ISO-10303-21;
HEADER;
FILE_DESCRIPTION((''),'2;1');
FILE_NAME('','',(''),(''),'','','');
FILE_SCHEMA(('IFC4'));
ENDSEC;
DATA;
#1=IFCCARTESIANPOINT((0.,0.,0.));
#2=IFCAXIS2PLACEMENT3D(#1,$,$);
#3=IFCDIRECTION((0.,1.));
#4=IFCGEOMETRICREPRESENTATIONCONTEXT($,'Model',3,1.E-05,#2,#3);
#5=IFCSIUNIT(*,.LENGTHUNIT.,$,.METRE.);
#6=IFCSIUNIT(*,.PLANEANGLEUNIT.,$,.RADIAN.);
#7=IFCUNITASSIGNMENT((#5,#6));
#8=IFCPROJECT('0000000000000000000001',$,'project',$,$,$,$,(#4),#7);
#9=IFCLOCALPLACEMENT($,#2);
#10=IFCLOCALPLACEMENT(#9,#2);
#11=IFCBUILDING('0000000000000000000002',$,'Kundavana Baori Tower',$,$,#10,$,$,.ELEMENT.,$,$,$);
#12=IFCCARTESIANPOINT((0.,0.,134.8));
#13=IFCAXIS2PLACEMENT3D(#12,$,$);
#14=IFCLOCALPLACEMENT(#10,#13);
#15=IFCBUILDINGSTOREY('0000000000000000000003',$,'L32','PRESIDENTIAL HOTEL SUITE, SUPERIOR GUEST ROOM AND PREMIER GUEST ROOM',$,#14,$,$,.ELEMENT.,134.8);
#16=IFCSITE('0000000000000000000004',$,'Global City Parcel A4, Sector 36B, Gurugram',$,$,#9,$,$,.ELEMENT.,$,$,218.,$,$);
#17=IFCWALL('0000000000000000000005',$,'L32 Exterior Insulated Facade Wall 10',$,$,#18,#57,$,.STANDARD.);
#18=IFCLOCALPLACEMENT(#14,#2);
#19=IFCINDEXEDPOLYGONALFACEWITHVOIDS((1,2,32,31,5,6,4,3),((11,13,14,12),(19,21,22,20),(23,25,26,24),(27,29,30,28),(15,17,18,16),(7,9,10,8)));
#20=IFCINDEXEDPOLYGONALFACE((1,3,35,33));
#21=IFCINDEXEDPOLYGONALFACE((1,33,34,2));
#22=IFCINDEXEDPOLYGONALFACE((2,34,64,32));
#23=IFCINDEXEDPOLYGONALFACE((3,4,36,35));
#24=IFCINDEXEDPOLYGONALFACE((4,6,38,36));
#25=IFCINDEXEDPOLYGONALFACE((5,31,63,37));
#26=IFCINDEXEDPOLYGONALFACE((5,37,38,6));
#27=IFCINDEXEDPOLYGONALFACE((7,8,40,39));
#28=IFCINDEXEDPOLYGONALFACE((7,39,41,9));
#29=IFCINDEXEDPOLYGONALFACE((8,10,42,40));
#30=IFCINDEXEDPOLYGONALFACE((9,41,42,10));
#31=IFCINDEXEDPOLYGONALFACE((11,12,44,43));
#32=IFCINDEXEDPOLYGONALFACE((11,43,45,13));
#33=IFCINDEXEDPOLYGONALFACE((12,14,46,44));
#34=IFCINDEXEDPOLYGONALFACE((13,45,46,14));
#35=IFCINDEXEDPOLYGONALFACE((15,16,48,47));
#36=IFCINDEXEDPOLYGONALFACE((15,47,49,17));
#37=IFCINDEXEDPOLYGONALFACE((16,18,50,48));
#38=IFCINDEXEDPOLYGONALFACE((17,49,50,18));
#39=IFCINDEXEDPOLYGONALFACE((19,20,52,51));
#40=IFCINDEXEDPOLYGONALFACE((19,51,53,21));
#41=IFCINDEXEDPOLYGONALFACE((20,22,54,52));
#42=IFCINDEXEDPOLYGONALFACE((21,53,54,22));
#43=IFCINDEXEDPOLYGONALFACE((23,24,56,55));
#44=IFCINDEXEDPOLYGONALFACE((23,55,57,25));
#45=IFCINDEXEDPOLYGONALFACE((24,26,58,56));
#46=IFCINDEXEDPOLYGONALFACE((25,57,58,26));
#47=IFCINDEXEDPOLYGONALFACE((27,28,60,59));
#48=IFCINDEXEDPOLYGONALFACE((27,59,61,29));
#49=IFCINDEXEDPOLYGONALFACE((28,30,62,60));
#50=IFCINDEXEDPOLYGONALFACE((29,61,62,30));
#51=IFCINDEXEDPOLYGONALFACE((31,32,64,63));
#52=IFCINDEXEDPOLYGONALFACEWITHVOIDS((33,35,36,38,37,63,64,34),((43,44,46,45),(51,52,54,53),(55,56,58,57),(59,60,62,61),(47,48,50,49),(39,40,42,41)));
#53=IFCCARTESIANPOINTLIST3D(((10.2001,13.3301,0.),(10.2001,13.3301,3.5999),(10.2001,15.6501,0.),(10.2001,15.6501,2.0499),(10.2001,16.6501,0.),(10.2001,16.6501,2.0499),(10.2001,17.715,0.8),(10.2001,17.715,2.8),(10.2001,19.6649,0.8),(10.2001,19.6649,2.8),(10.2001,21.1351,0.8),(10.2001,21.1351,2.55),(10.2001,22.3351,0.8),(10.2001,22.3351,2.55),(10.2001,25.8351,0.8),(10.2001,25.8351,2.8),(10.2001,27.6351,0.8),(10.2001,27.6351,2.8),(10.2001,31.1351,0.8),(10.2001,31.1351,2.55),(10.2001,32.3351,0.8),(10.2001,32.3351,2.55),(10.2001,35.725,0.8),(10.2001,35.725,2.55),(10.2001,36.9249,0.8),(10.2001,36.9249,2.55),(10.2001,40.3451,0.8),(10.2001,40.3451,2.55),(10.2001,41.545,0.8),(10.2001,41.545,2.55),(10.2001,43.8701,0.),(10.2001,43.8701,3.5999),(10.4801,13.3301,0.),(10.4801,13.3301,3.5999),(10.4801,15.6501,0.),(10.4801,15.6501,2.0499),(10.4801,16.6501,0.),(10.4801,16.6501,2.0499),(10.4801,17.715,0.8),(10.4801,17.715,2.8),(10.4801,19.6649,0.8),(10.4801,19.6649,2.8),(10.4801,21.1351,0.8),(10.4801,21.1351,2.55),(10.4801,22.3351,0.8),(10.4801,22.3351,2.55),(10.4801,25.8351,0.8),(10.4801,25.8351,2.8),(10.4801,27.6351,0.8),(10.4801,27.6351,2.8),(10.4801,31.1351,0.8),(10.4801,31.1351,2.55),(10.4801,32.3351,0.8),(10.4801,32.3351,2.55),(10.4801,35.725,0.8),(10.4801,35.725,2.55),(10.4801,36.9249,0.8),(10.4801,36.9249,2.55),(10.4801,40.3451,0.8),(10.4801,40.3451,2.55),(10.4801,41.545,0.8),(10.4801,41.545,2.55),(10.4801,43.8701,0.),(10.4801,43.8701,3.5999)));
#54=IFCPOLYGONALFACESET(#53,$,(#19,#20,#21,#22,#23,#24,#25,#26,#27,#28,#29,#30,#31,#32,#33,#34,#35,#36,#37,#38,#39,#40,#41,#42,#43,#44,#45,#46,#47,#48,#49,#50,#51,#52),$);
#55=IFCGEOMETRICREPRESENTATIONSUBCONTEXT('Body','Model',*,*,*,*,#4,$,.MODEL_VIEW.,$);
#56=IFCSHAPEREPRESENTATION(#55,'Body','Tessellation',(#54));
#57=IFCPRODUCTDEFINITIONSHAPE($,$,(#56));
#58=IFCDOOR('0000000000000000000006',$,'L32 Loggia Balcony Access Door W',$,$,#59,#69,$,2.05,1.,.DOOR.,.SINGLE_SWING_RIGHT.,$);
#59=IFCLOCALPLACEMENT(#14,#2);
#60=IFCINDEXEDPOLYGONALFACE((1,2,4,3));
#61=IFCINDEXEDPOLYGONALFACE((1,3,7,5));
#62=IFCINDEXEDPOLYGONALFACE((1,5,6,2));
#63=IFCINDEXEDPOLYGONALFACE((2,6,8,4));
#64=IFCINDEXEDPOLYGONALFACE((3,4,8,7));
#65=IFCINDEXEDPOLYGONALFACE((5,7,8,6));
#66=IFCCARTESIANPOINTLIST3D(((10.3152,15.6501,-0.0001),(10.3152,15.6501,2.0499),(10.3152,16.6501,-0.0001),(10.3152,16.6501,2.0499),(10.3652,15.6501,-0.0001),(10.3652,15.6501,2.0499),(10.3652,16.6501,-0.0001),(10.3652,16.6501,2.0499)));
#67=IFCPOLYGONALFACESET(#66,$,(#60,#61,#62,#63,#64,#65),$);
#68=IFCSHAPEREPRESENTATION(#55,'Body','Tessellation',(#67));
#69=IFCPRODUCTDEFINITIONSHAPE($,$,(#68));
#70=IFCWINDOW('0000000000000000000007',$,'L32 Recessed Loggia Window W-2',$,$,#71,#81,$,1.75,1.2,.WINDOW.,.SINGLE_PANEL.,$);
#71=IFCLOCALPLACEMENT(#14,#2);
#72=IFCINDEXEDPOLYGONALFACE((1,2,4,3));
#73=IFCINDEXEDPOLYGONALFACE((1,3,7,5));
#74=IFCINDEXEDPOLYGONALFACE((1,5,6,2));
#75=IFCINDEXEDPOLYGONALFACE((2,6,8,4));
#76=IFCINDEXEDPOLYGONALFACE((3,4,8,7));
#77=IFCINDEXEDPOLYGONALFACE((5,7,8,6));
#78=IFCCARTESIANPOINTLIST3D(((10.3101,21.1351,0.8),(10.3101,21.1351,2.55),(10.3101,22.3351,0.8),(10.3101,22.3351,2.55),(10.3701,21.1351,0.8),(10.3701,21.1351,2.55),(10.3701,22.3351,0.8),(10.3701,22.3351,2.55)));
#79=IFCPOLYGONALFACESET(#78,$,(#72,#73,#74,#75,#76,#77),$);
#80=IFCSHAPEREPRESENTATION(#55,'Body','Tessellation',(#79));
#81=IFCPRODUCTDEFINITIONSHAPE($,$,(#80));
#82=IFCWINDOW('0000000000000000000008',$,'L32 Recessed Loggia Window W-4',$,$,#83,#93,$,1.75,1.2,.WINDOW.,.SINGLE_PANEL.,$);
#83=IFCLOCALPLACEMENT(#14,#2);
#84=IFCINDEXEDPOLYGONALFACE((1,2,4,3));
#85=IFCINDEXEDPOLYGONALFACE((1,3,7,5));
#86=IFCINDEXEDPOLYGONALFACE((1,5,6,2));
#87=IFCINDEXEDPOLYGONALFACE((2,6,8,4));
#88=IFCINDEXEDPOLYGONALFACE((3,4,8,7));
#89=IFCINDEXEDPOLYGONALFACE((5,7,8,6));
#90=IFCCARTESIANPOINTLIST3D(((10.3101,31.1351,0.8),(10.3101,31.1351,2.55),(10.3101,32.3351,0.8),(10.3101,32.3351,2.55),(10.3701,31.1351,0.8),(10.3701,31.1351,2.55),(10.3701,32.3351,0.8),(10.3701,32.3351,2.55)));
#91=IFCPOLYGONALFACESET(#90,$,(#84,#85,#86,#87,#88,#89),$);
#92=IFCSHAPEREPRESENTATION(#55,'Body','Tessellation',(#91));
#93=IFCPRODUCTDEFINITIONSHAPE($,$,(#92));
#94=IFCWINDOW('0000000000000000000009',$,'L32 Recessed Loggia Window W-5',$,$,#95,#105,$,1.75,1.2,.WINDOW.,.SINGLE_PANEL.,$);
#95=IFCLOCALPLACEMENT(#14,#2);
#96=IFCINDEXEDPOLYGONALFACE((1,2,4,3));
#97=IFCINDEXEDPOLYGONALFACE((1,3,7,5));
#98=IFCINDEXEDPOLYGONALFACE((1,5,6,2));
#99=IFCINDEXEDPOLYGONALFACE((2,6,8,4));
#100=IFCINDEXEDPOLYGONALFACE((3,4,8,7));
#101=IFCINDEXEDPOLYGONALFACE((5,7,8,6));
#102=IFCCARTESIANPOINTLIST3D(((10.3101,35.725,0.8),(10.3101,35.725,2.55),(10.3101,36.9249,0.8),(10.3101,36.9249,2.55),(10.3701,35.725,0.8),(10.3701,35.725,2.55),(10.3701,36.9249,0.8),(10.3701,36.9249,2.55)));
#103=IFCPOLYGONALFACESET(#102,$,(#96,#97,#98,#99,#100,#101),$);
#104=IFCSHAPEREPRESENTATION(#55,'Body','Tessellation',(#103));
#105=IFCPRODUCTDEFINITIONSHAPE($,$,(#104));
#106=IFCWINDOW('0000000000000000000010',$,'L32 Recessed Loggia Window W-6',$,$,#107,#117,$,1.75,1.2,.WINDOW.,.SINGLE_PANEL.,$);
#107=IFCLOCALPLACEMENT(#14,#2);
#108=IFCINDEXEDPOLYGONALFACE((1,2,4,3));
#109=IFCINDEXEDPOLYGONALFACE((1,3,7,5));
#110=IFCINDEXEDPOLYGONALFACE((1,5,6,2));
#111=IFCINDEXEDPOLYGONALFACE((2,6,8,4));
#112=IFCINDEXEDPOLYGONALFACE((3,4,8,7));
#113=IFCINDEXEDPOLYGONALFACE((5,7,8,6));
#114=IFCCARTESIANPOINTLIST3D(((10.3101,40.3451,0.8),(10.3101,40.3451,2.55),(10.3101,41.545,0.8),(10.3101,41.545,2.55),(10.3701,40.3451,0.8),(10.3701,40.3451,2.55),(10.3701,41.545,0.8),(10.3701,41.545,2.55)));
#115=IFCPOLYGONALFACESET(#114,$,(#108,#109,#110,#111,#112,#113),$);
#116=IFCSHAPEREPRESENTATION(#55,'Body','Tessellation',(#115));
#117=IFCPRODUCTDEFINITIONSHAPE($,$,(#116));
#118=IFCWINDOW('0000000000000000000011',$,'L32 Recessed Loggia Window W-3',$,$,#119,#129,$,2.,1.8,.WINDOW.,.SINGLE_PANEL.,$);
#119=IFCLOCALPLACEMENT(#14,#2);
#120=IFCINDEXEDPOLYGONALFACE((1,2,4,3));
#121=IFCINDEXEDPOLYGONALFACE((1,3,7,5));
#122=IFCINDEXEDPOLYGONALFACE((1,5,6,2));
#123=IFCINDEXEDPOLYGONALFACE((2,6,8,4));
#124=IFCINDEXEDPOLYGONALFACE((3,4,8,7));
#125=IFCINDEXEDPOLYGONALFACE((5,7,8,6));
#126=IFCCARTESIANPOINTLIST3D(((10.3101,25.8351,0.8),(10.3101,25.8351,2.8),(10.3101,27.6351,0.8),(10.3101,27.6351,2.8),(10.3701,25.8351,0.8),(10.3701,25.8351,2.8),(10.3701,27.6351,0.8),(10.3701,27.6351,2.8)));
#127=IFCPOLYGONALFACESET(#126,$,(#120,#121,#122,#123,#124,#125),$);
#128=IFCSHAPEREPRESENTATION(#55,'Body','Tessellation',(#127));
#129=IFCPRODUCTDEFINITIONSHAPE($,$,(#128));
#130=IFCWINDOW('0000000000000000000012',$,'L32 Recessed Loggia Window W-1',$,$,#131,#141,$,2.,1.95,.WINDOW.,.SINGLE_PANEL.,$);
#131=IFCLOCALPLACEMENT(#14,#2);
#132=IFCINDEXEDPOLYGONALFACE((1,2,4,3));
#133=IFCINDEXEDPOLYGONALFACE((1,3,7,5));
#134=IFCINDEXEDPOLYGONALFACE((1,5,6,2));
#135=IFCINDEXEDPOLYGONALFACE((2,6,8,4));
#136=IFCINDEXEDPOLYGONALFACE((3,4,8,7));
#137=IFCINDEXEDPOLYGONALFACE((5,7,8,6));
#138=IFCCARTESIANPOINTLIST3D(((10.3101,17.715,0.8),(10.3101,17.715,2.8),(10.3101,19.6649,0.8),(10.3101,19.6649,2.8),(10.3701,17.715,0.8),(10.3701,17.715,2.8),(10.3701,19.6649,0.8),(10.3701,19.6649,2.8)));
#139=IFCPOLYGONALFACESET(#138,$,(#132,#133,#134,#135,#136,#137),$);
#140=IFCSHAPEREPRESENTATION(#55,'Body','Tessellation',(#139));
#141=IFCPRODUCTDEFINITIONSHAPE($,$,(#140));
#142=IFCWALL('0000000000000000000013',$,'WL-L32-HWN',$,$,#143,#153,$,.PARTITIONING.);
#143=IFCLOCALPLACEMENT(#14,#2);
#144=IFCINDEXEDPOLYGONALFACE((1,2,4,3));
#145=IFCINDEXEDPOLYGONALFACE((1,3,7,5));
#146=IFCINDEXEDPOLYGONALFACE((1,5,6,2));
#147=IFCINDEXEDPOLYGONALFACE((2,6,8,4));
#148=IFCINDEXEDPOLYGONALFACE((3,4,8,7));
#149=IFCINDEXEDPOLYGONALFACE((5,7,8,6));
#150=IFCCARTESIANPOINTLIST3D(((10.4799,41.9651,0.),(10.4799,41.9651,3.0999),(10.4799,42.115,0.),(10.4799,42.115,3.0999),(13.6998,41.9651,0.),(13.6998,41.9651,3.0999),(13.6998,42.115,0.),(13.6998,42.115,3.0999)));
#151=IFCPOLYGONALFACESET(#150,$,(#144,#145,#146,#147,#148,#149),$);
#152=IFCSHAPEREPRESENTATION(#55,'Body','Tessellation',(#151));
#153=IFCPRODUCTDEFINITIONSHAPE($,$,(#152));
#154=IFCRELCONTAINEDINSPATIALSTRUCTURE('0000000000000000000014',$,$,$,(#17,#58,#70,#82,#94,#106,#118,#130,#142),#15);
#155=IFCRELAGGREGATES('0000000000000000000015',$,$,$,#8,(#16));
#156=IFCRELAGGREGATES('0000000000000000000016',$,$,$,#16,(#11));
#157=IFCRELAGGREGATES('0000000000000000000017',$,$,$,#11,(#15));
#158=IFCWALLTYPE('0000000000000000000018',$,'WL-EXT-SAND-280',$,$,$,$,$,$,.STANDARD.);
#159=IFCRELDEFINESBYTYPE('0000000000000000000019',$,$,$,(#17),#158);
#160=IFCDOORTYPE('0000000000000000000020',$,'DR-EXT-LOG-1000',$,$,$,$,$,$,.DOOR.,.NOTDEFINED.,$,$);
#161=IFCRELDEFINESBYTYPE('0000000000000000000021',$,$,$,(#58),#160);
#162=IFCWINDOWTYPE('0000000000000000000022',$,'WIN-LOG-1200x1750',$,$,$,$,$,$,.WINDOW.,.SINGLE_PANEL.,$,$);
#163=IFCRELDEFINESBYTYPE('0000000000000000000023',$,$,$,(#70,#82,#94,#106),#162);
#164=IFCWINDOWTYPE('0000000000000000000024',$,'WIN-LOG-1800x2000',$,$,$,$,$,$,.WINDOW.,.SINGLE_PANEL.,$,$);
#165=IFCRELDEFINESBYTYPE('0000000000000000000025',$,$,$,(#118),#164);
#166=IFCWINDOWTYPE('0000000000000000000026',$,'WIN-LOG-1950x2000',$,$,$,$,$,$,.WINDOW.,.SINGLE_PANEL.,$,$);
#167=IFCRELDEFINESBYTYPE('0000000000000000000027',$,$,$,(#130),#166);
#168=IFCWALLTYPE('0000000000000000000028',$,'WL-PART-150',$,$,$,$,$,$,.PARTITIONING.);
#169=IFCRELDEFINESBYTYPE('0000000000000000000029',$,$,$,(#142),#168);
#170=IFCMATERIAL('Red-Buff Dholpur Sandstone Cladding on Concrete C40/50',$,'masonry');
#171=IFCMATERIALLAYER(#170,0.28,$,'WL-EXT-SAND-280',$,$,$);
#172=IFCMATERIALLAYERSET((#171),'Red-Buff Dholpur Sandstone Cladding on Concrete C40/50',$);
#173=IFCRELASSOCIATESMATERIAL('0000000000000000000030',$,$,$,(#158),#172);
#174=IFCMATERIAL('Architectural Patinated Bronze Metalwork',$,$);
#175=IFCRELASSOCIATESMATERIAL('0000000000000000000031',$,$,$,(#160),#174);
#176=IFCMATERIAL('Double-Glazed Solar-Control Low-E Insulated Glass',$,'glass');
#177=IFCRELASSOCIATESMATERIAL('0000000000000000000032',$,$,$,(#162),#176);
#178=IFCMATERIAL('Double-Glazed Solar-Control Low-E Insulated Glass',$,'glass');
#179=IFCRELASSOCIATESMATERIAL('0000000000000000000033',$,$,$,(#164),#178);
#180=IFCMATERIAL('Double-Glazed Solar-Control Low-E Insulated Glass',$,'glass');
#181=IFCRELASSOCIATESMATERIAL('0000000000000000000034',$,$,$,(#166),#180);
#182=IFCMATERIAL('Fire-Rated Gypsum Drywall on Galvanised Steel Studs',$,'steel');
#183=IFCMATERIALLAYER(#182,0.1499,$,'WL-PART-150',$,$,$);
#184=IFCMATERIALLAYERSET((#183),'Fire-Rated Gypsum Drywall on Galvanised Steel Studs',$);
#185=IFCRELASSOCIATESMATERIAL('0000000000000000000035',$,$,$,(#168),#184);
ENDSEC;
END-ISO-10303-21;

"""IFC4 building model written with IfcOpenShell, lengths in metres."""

from ifc_helpers import new_model, si_unit, direction, frame, frame_2d, origin, place, context, subcontext, project, spatial, rectangle, extrude, material, layer, layer_set, type_object, element, fill, save


model = new_model("IFC4")

# Units and contexts
model_context = context("Model", 3, precision=1e-05, world=origin(), true_north=direction((0.0, 1.0)))
body_context = subcontext(model_context, "Body", "Model", "MODEL_VIEW")
ifc_project = project(units=[si_unit("LENGTHUNIT", "METRE"), si_unit("PLANEANGLEUNIT", "RADIAN")], contexts=[model_context])

# Site, building, storey
site_placement = place(None, origin())
site = spatial("IfcSite", under=ifc_project, at=site_placement, Name="Global City Parcel A4, Sector 36B, Gurugram", CompositionType="ELEMENT", RefElevation=218.0)
building_placement = place(site_placement, origin())
building = spatial("IfcBuilding", under=site, at=building_placement, Name="Kundavana Baori Tower", CompositionType="ELEMENT")
storey_placement = place(building_placement, frame((0.0, 0.0, 134.8)))
storey = spatial("IfcBuildingStorey", under=building, at=storey_placement, Name="L32", Description="PRESIDENTIAL HOTEL SUITE, SUPERIOR GUEST ROOM AND PREMIER GUEST ROOM", CompositionType="ELEMENT", Elevation=134.8)

# Shared definitions
ifc_material_1 = material(Name="Red-Buff Dholpur Sandstone Cladding on Concrete C40/50", Category="masonry")
ifc_layer_1 = layer(ifc_material_1, 0.28, Name="WL-EXT-SAND-280")
ifc_layer_set_1 = layer_set([ifc_layer_1], Name="Red-Buff Dholpur Sandstone Cladding on Concrete C40/50")
wall_type_1 = type_object("IfcWallType", Name="WL-EXT-SAND-280", PredefinedType="STANDARD", material=ifc_layer_set_1)

# Wall, openings, door, windows
wall_1_placement = place(storey_placement, frame((10.3401, 43.8701, 0.0), z_axis=(0.0, 0.0, 1.0), x_axis=(0.0, -1.0, 0.0)))
wall_1 = element("IfcWall", 1, at=wall_1_placement, inside=storey, type_object=wall_type_1, Name="L32 Exterior Insulated Facade Wall 10", PredefinedType="STANDARD", context=body_context, shape_type="SweptSolid", body=[
    extrude(rectangle(XDim=30.54, YDim=0.28, at=frame_2d((15.27, 0.0))), origin(), (0.0, 0.0, 1.0), 3.5999),
])
opening_1_placement = place(wall_1_placement, frame((27.22, 0.0, 0.0)))
opening_1 = element("IfcOpeningElement", 2, at=opening_1_placement, cuts=wall_1, PredefinedType="OPENING", context=body_context, shape_type="SweptSolid", body=[
    extrude(rectangle(XDim=1.0, YDim=2.05, at=frame_2d((0.5, 1.0249))), frame((0.0, 0.1499, 0.0), z_axis=(0.0, -1.0, 0.0), x_axis=(1.0, 0.0, 0.0)), (0.0, 0.0, 1.0), 0.3),
])
opening_2_placement = place(wall_1_placement, frame((24.2051, 0.0, 0.8)))
opening_2 = element("IfcOpeningElement", 3, at=opening_2_placement, cuts=wall_1, PredefinedType="OPENING", context=body_context, shape_type="SweptSolid", body=[
    extrude(rectangle(XDim=1.95, YDim=2.0, at=frame_2d((0.9751, 1.0))), frame((0.0, 0.1499, 0.0), z_axis=(0.0, -1.0, 0.0), x_axis=(1.0, 0.0, 0.0)), (0.0, 0.0, 1.0), 0.3),
])
opening_3_placement = place(wall_1_placement, frame((21.5349, 0.0, 0.8)))
opening_3 = element("IfcOpeningElement", 4, at=opening_3_placement, cuts=wall_1, PredefinedType="OPENING", context=body_context, shape_type="SweptSolid", body=[
    extrude(rectangle(XDim=1.2, YDim=1.75, at=frame_2d((0.6001, 0.875))), frame((0.0, 0.1499, 0.0), z_axis=(0.0, -1.0, 0.0), x_axis=(1.0, 0.0, 0.0)), (0.0, 0.0, 1.0), 0.3),
])
opening_4_placement = place(wall_1_placement, frame((16.2351, 0.0, 0.8)))
opening_4 = element("IfcOpeningElement", 5, at=opening_4_placement, cuts=wall_1, PredefinedType="OPENING", context=body_context, shape_type="SweptSolid", body=[
    extrude(rectangle(XDim=1.8, YDim=2.0, at=frame_2d((0.8999, 1.0))), frame((0.0, 0.1499, 0.0), z_axis=(0.0, -1.0, 0.0), x_axis=(1.0, 0.0, 0.0)), (0.0, 0.0, 1.0), 0.3),
])
opening_5_placement = place(wall_1_placement, frame((11.5349, 0.0, 0.8)))
opening_5 = element("IfcOpeningElement", 6, at=opening_5_placement, cuts=wall_1, PredefinedType="OPENING", context=body_context, shape_type="SweptSolid", body=[
    extrude(rectangle(XDim=1.2, YDim=1.75, at=frame_2d((0.6001, 0.875))), frame((0.0, 0.1499, 0.0), z_axis=(0.0, -1.0, 0.0), x_axis=(1.0, 0.0, 0.0)), (0.0, 0.0, 1.0), 0.3),
])
opening_6_placement = place(wall_1_placement, frame((6.9451, 0.0, 0.8)))
opening_6 = element("IfcOpeningElement", 7, at=opening_6_placement, cuts=wall_1, PredefinedType="OPENING", context=body_context, shape_type="SweptSolid", body=[
    extrude(rectangle(XDim=1.2, YDim=1.75, at=frame_2d((0.6001, 0.875))), frame((0.0, 0.1499, 0.0), z_axis=(0.0, -1.0, 0.0), x_axis=(1.0, 0.0, 0.0)), (0.0, 0.0, 1.0), 0.3),
])
opening_7_placement = place(wall_1_placement, frame((2.325, 0.0, 0.8)))
opening_7 = element("IfcOpeningElement", 8, at=opening_7_placement, cuts=wall_1, PredefinedType="OPENING", context=body_context, shape_type="SweptSolid", body=[
    extrude(rectangle(XDim=1.2, YDim=1.75, at=frame_2d((0.6001, 0.875))), frame((0.0, 0.1499, 0.0), z_axis=(0.0, -1.0, 0.0), x_axis=(1.0, 0.0, 0.0)), (0.0, 0.0, 1.0), 0.3),
])
ifc_material_2 = material(Name="Architectural Patinated Bronze Metalwork")
door_type_1 = type_object("IfcDoorType", Name="DR-EXT-LOG-1000", OperationType="NOTDEFINED", PredefinedType="DOOR", material=ifc_material_2)
door_1_placement = place(opening_1_placement, frame((1.0, 0.0, 0.0), z_axis=(0.0, 0.0, 1.0), x_axis=(-1.0, 0.0, 0.0)))
door_1 = element("IfcDoor", 9, at=door_1_placement, inside=storey, type_object=door_type_1, Name="L32 Loggia Balcony Access Door W", OperationType="SINGLE_SWING_RIGHT", OverallHeight=2.05, OverallWidth=1.0, PredefinedType="DOOR", context=body_context, shape_type="SweptSolid", body=[
    extrude(rectangle(XDim=1.0, YDim=2.05, at=frame_2d((0.5, 1.0249))), frame((0.0, 0.0249, 0.0), z_axis=(0.0, -1.0, 0.0), x_axis=(1.0, 0.0, 0.0)), (0.0, 0.0, 1.0), 0.05),
])
fill(opening_1, door_1)
ifc_material_3 = material(Name="Double-Glazed Solar-Control Low-E Insulated Glass", Category="glass")
window_type_1 = type_object("IfcWindowType", Name="WIN-LOG-1200x1750", PartitioningType="SINGLE_PANEL", PredefinedType="WINDOW", material=ifc_material_3)
window_1_placement = place(opening_3_placement, origin())
window_1 = element("IfcWindow", 10, at=window_1_placement, inside=storey, type_object=window_type_1, Name="L32 Recessed Loggia Window W-2", OverallHeight=1.75, OverallWidth=1.2, PartitioningType="SINGLE_PANEL", PredefinedType="WINDOW", context=body_context, shape_type="SweptSolid", body=[
    extrude(rectangle(XDim=1.2, YDim=1.75, at=frame_2d((0.6001, 0.875))), frame((0.0, 0.03, 0.0), z_axis=(0.0, -1.0, 0.0), x_axis=(1.0, 0.0, 0.0)), (0.0, 0.0, 1.0), 0.0601),
])
fill(opening_3, window_1)
window_2_placement = place(opening_5_placement, origin())
window_2 = element("IfcWindow", 11, at=window_2_placement, inside=storey, type_object=window_type_1, Name="L32 Recessed Loggia Window W-4", OverallHeight=1.75, OverallWidth=1.2, PartitioningType="SINGLE_PANEL", PredefinedType="WINDOW", context=body_context, shape_type="SweptSolid", body=[
    extrude(rectangle(XDim=1.2, YDim=1.75, at=frame_2d((0.6001, 0.875))), frame((0.0, 0.03, 0.0), z_axis=(0.0, -1.0, 0.0), x_axis=(1.0, 0.0, 0.0)), (0.0, 0.0, 1.0), 0.0601),
])
fill(opening_5, window_2)
window_3_placement = place(opening_6_placement, origin())
window_3 = element("IfcWindow", 12, at=window_3_placement, inside=storey, type_object=window_type_1, Name="L32 Recessed Loggia Window W-5", OverallHeight=1.75, OverallWidth=1.2, PartitioningType="SINGLE_PANEL", PredefinedType="WINDOW", context=body_context, shape_type="SweptSolid", body=[
    extrude(rectangle(XDim=1.2, YDim=1.75, at=frame_2d((0.6001, 0.875))), frame((0.0, 0.03, 0.0), z_axis=(0.0, -1.0, 0.0), x_axis=(1.0, 0.0, 0.0)), (0.0, 0.0, 1.0), 0.0601),
])
fill(opening_6, window_3)
window_4_placement = place(opening_7_placement, origin())
window_4 = element("IfcWindow", 13, at=window_4_placement, inside=storey, type_object=window_type_1, Name="L32 Recessed Loggia Window W-6", OverallHeight=1.75, OverallWidth=1.2, PartitioningType="SINGLE_PANEL", PredefinedType="WINDOW", context=body_context, shape_type="SweptSolid", body=[
    extrude(rectangle(XDim=1.2, YDim=1.75, at=frame_2d((0.6001, 0.875))), frame((0.0, 0.03, 0.0), z_axis=(0.0, -1.0, 0.0), x_axis=(1.0, 0.0, 0.0)), (0.0, 0.0, 1.0), 0.0601),
])
fill(opening_7, window_4)
ifc_material_4 = material(Name="Double-Glazed Solar-Control Low-E Insulated Glass", Category="glass")
window_type_2 = type_object("IfcWindowType", Name="WIN-LOG-1800x2000", PartitioningType="SINGLE_PANEL", PredefinedType="WINDOW", material=ifc_material_4)
window_5_placement = place(opening_4_placement, origin())
window_5 = element("IfcWindow", 14, at=window_5_placement, inside=storey, type_object=window_type_2, Name="L32 Recessed Loggia Window W-3", OverallHeight=2.0, OverallWidth=1.8, PartitioningType="SINGLE_PANEL", PredefinedType="WINDOW", context=body_context, shape_type="SweptSolid", body=[
    extrude(rectangle(XDim=1.8, YDim=2.0, at=frame_2d((0.8999, 1.0))), frame((0.0, 0.03, 0.0), z_axis=(0.0, -1.0, 0.0), x_axis=(1.0, 0.0, 0.0)), (0.0, 0.0, 1.0), 0.0601),
])
fill(opening_4, window_5)
ifc_material_5 = material(Name="Double-Glazed Solar-Control Low-E Insulated Glass", Category="glass")
window_type_3 = type_object("IfcWindowType", Name="WIN-LOG-1950x2000", PartitioningType="SINGLE_PANEL", PredefinedType="WINDOW", material=ifc_material_5)
window_6_placement = place(opening_2_placement, origin())
window_6 = element("IfcWindow", 15, at=window_6_placement, inside=storey, type_object=window_type_3, Name="L32 Recessed Loggia Window W-1", OverallHeight=2.0, OverallWidth=1.95, PartitioningType="SINGLE_PANEL", PredefinedType="WINDOW", context=body_context, shape_type="SweptSolid", body=[
    extrude(rectangle(XDim=1.95, YDim=2.0, at=frame_2d((0.9751, 1.0))), frame((0.0, 0.03, 0.0), z_axis=(0.0, -1.0, 0.0), x_axis=(1.0, 0.0, 0.0)), (0.0, 0.0, 1.0), 0.0601),
])
fill(opening_2, window_6)

# Wall
ifc_material_6 = material(Name="Fire-Rated Gypsum Drywall on Galvanised Steel Studs", Category="steel")
ifc_layer_2 = layer(ifc_material_6, 0.1499, Name="WL-PART-150")
ifc_layer_set_2 = layer_set([ifc_layer_2], Name="Fire-Rated Gypsum Drywall on Galvanised Steel Studs")
wall_type_2 = type_object("IfcWallType", Name="WL-PART-150", PredefinedType="PARTITIONING", material=ifc_layer_set_2)
wall_2_placement = place(storey_placement, frame((10.48, 42.04, 0.0), z_axis=(0.0, 0.0, 1.0), x_axis=(1.0, 0.0, 0.0)))
element("IfcWall", 16, at=wall_2_placement, inside=storey, type_object=wall_type_2, Name="WL-L32-HWN", PredefinedType="PARTITIONING", context=body_context, shape_type="SweptSolid", body=[
    extrude(rectangle(XDim=3.22, YDim=0.1499, at=frame_2d((1.6099, 0.0))), origin(), (0.0, 0.0, 1.0), 3.0999),
])

save(model, "model.ifc")
